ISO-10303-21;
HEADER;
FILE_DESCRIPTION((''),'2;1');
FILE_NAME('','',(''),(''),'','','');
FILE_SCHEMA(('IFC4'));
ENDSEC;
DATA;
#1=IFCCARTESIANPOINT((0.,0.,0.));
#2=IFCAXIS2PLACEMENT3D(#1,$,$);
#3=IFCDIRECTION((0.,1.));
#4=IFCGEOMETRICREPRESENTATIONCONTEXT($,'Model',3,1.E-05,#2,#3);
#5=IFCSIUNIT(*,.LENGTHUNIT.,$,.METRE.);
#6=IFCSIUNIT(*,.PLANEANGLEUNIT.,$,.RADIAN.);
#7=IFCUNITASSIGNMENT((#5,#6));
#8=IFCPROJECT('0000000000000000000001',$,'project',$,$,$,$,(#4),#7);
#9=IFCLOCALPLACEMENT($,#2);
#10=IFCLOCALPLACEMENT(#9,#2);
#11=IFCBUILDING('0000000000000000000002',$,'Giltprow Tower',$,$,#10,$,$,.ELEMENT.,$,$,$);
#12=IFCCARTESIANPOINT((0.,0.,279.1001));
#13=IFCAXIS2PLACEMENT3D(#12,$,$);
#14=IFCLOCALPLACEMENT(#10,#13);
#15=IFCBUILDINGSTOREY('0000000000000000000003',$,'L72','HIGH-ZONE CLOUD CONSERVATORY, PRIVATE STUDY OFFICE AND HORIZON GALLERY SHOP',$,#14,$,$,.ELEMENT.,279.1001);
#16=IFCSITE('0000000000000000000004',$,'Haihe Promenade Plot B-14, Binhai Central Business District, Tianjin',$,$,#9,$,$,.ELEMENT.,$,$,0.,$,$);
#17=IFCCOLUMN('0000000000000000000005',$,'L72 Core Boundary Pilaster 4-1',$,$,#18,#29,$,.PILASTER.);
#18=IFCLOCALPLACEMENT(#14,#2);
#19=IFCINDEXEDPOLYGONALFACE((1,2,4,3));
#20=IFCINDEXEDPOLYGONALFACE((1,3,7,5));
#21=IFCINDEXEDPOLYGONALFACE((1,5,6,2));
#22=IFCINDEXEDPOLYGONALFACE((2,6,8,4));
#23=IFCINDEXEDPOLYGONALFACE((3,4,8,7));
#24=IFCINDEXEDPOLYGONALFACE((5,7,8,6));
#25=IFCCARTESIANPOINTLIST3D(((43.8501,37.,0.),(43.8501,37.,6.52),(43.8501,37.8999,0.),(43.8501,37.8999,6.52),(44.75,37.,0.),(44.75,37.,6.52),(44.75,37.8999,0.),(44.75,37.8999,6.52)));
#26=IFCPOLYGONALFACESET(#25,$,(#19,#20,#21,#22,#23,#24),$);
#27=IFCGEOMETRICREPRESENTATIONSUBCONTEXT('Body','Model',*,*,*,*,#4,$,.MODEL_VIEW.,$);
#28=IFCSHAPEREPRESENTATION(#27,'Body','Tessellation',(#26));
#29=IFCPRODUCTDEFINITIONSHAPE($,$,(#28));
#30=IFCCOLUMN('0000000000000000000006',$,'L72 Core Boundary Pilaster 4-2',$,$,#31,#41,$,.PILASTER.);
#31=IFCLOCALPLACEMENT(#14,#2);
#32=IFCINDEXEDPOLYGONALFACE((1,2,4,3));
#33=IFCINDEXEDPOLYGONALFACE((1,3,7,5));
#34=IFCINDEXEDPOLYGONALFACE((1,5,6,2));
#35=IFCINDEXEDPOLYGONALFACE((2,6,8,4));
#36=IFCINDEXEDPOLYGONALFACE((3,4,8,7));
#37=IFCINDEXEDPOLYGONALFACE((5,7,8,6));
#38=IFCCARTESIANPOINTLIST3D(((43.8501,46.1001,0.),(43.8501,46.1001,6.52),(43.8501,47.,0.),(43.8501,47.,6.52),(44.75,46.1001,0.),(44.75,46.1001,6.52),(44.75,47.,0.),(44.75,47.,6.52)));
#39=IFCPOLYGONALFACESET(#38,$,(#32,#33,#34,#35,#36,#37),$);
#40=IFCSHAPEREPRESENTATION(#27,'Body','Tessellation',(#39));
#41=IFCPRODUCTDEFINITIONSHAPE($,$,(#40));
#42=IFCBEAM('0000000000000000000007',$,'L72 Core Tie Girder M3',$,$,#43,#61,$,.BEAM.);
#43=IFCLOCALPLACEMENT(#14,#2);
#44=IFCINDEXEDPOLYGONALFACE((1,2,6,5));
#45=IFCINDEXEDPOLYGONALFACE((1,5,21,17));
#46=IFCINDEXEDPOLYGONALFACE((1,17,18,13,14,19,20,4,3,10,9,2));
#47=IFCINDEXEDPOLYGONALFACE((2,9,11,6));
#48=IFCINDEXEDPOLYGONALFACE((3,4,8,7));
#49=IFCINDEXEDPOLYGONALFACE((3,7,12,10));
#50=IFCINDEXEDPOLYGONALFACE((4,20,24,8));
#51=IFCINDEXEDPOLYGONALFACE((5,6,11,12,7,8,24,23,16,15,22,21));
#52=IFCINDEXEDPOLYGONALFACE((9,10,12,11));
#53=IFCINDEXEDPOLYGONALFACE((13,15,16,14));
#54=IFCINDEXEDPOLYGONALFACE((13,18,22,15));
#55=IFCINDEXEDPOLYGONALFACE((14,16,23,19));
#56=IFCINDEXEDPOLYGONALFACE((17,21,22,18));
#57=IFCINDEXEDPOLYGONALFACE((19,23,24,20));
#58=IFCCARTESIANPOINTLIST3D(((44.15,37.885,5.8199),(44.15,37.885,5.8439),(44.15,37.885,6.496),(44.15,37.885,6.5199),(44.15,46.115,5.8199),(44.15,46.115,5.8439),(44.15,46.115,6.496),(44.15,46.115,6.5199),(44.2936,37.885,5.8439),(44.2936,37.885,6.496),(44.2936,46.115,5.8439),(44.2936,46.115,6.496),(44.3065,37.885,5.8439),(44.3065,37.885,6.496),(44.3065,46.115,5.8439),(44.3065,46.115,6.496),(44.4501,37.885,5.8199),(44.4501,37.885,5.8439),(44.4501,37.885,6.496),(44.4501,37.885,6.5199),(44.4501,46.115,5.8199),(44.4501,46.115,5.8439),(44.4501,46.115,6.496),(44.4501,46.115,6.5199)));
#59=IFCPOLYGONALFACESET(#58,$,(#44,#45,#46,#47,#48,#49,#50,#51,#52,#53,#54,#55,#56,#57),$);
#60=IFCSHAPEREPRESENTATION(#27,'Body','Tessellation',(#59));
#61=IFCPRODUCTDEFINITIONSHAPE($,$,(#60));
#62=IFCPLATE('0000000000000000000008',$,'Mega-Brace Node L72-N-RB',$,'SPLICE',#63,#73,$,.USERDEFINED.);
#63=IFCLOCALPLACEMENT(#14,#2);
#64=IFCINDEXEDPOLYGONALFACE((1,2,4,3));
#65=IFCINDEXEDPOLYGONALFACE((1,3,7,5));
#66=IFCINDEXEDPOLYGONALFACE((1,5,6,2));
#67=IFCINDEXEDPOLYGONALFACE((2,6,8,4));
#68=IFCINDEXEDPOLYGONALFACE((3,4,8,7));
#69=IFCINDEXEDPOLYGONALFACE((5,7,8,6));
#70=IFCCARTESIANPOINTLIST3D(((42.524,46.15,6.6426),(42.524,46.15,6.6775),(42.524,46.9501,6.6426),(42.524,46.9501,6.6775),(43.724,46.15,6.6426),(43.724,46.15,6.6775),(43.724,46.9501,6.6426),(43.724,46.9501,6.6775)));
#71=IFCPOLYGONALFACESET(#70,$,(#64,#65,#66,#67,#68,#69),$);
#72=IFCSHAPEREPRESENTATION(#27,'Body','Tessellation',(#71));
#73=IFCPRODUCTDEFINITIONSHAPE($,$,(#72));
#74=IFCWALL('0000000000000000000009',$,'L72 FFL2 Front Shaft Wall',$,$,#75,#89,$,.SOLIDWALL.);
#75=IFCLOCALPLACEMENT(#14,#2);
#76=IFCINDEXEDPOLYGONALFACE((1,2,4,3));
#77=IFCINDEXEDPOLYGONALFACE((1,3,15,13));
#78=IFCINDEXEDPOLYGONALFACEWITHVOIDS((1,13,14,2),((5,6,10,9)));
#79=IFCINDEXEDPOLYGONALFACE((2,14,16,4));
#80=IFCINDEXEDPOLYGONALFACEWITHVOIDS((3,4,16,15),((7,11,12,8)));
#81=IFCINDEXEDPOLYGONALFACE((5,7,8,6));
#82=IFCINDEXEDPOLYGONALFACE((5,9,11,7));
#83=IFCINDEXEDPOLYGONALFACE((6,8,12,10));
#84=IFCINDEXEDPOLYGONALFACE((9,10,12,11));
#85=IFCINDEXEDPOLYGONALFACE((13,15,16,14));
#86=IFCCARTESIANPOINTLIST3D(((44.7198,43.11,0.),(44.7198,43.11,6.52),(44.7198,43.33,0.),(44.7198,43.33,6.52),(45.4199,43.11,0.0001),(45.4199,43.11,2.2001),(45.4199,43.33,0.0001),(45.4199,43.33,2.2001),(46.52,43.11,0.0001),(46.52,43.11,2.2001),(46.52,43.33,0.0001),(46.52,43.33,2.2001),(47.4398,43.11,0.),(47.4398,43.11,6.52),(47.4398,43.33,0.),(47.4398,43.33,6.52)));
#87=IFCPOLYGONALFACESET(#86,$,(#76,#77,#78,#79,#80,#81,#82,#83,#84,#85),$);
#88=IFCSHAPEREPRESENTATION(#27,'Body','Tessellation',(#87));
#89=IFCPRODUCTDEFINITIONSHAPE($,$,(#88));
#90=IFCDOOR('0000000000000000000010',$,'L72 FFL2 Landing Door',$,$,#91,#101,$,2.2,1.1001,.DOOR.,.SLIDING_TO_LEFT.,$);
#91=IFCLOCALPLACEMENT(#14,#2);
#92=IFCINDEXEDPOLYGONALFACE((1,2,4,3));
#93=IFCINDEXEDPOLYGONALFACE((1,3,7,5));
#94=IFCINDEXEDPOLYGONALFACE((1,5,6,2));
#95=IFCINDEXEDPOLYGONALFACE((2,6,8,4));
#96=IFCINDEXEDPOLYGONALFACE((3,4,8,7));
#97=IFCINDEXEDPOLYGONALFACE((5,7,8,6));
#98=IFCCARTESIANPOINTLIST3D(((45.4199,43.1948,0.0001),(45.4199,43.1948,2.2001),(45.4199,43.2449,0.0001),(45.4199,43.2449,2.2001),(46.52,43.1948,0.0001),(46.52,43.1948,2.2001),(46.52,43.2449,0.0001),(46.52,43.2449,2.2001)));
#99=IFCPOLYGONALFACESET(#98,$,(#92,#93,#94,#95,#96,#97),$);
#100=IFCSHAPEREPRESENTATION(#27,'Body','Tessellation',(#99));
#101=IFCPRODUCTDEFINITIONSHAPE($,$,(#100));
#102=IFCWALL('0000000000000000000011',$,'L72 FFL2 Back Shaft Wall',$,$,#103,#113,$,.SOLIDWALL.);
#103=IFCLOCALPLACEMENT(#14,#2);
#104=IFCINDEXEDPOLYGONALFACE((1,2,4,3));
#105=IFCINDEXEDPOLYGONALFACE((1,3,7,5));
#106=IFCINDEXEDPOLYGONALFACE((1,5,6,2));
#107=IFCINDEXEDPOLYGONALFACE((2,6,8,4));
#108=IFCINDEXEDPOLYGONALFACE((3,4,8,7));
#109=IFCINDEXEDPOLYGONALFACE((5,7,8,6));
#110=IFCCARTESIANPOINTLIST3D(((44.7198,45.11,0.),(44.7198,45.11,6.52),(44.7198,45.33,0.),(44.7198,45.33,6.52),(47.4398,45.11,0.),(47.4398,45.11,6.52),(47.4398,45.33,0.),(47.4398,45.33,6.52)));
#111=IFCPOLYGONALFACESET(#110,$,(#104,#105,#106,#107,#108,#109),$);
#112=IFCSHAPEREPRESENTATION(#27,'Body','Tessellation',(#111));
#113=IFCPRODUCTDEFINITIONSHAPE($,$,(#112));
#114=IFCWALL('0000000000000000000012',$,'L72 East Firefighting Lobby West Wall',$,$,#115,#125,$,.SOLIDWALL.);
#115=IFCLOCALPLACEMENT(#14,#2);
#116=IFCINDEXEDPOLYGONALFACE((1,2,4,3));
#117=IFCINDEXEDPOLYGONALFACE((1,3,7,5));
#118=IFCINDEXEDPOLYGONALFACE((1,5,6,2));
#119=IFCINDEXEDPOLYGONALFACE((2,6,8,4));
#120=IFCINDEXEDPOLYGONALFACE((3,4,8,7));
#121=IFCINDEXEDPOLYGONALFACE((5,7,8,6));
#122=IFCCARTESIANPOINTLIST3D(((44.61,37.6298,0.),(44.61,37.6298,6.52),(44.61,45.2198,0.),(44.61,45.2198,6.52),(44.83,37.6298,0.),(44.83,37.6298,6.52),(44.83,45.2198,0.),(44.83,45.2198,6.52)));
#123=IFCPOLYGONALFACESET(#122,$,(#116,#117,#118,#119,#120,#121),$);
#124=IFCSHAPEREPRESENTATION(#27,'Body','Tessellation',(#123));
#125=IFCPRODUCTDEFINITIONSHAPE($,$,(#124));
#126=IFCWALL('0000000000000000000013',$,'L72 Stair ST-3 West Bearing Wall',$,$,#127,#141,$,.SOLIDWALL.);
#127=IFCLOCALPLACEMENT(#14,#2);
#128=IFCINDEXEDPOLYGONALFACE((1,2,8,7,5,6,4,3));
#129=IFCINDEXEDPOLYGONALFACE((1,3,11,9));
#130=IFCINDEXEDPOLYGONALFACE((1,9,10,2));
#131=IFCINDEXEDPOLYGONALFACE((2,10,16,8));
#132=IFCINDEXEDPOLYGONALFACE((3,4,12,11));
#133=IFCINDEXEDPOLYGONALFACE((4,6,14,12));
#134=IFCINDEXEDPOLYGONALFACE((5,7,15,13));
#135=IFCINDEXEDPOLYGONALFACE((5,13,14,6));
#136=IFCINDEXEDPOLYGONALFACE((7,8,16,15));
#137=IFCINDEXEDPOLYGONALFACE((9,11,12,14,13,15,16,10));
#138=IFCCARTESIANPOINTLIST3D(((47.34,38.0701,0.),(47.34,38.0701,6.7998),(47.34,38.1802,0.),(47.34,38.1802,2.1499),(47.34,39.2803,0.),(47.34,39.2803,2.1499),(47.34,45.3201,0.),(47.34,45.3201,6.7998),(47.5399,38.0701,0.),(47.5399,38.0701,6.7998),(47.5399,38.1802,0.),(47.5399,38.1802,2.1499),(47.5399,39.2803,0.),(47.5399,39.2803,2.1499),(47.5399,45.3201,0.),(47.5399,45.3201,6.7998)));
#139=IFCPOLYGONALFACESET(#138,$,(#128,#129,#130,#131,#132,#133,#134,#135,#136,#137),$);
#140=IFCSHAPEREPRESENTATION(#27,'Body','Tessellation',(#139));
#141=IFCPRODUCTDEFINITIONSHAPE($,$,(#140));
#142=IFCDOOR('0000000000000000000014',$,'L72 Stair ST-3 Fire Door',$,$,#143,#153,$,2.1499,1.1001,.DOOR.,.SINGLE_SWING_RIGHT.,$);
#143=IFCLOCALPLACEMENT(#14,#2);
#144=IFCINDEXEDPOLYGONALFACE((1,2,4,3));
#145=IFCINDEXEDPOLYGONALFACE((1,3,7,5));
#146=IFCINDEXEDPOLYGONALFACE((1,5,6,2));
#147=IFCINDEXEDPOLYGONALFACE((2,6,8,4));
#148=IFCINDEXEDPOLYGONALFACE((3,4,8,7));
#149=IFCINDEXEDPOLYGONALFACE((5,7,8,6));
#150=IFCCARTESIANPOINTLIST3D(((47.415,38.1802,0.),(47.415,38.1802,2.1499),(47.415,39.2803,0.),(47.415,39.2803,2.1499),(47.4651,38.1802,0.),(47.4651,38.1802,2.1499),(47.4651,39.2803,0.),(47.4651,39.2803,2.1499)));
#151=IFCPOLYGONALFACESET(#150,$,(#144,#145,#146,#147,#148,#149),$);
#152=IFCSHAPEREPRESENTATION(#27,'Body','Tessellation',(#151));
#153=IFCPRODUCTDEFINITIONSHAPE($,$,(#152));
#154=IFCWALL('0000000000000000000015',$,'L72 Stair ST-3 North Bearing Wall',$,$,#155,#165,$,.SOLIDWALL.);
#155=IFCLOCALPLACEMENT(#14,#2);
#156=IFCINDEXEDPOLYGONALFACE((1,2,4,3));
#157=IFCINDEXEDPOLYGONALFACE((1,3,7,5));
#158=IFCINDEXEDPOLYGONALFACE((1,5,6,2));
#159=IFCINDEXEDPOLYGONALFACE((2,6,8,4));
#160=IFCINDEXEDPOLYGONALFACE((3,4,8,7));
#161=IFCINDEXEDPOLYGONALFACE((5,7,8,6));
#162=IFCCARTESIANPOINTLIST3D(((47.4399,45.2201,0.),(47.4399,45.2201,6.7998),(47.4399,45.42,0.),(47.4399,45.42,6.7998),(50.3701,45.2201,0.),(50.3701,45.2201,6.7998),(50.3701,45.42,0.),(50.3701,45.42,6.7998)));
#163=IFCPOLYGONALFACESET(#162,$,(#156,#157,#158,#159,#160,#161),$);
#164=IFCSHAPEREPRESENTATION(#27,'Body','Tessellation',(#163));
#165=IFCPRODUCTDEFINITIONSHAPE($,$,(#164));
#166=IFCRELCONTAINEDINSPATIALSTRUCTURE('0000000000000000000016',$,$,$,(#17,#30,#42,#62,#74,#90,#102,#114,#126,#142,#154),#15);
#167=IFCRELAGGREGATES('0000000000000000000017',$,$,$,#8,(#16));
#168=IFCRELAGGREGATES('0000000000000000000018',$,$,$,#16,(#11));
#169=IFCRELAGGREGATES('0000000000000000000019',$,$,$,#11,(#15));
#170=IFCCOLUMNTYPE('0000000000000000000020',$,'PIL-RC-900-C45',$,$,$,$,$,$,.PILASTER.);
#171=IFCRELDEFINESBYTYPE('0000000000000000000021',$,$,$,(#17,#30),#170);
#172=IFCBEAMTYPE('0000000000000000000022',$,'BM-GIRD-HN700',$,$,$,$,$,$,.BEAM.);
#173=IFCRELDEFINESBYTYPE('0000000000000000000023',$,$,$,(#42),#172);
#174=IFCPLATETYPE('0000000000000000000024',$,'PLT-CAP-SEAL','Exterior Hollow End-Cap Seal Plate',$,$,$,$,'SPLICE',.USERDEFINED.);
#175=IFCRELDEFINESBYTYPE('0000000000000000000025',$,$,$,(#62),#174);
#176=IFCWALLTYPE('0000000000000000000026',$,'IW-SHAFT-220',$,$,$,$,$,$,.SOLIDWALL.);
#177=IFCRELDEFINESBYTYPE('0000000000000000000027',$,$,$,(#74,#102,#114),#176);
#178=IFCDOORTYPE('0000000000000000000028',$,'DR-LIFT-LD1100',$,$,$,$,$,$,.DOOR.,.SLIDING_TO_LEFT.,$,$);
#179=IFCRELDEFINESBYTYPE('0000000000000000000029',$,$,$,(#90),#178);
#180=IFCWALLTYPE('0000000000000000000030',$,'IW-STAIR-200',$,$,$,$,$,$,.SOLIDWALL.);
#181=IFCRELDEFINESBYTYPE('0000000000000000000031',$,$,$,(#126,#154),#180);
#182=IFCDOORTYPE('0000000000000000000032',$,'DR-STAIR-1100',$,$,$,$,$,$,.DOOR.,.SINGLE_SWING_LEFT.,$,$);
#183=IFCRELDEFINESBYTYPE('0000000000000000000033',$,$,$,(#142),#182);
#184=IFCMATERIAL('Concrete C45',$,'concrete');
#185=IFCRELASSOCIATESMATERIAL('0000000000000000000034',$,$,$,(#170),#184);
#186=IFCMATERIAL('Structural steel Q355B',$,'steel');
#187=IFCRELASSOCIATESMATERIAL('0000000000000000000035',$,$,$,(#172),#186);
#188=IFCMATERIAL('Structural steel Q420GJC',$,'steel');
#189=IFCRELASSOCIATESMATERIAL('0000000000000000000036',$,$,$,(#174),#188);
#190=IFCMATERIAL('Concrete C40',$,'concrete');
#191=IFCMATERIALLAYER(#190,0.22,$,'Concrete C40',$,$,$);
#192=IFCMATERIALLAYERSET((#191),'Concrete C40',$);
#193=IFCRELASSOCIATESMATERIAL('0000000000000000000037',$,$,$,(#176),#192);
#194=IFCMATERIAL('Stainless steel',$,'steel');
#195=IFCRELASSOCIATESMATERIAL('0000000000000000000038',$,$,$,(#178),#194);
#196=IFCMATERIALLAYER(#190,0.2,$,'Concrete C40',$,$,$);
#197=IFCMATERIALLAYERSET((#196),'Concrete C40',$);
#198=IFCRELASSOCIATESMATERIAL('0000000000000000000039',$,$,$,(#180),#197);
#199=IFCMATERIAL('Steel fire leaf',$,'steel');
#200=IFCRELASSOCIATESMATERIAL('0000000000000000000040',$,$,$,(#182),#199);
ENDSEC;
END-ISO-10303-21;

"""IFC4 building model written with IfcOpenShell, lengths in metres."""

from ifc_helpers import new_model, si_unit, direction, frame, frame_2d, origin, origin_2d, place, context, subcontext, project, spatial, rectangle, i_section, extrude, source, transform, mapped, material, layer, layer_set, material_profile, profile_set, type_object, element, fill, save


model = new_model("IFC4")

# Units and contexts
model_context = context("Model", 3, precision=1e-05, world=origin(), true_north=direction((0.0, 1.0)))
body_context = subcontext(model_context, "Body", "Model", "MODEL_VIEW")
ifc_project = project(units=[si_unit("LENGTHUNIT", "METRE"), si_unit("PLANEANGLEUNIT", "RADIAN")], contexts=[model_context])

# Site, building, storey
site_placement = place(None, origin())
site = spatial("IfcSite", under=ifc_project, at=site_placement, Name="Haihe Promenade Plot B-14, Binhai Central Business District, Tianjin", CompositionType="ELEMENT", RefElevation=0.0)
building_placement = place(site_placement, origin())
building = spatial("IfcBuilding", under=site, at=building_placement, Name="Giltprow Tower", CompositionType="ELEMENT")
storey_placement = place(building_placement, frame((0.0, 0.0, 279.1001)))
storey = spatial("IfcBuildingStorey", under=building, at=storey_placement, Name="L72", Description="HIGH-ZONE CLOUD CONSERVATORY, PRIVATE STUDY OFFICE AND HORIZON GALLERY SHOP", CompositionType="ELEMENT", Elevation=279.1001)

# Columns
ifc_material_1 = material(Name="Concrete C45", Category="concrete")
ifc_material_profile_1 = material_profile(ifc_material_1, rectangle(XDim=0.8999, YDim=0.8999, at=origin_2d()), Name="RC 900x900")
ifc_profile_set_1 = profile_set([ifc_material_profile_1], Name="Concrete C45")
column_type = type_object("IfcColumnType", Name="PIL-RC-900-C45", PredefinedType="PILASTER", material=ifc_profile_set_1)
shared_shape_1 = source(origin(), body_context, "Body", "SweptSolid", [
    extrude(rectangle(XDim=0.8999, YDim=0.8999, at=origin_2d()), origin(), (0.0, 0.0, 1.0), 6.52),
])
for number, where, z_axis, x_axis, name in (
    (1, (44.3, 37.45, 0.0), (0.0, 0.0, 1.0), (1.0, 0.0, 0.0), "L72 Core Boundary Pilaster 4-1"),
    (2, (44.3, 46.55, 0.0), (0.0, 0.0, 1.0), (1.0, 0.0, 0.0), "L72 Core Boundary Pilaster 4-2"),
):
    element("IfcColumn", number, at=place(storey_placement, frame(where, z_axis=z_axis, x_axis=x_axis)), inside=storey, type_object=column_type, Name=name, PredefinedType="PILASTER", context=body_context, shape_type="MappedRepresentation", body=[
        mapped(shared_shape_1, transform((0.0, 0.0, 0.0), x_axis=(1.0, 0.0, 0.0), y_axis=(0.0, 1.0, 0.0), z_axis=(0.0, 0.0, 1.0), scale=1.0)),
    ])

# Beam
ifc_material_2 = material(Name="Structural steel Q355B", Category="steel")
ifc_material_profile_2 = material_profile(ifc_material_2, i_section(OverallWidth=0.3, OverallDepth=0.7, WebThickness=0.0129, FlangeThickness=0.0239, at=origin_2d()), Name="HN 700x300x13x24")
ifc_profile_set_2 = profile_set([ifc_material_profile_2], Name="Structural steel Q355B")
beam_type = type_object("IfcBeamType", Name="BM-GIRD-HN700", PredefinedType="BEAM", material=ifc_profile_set_2)
shared_shape_2 = source(origin(), body_context, "Body", "SweptSolid", [
    extrude(i_section(OverallWidth=0.3, OverallDepth=0.7, WebThickness=0.0129, FlangeThickness=0.0239, at=origin_2d()), origin(), (0.0, 0.0, 1.0), 8.23),
])
beam_placement = place(storey_placement, frame((44.3, 37.885, 6.1699), z_axis=(0.0, 1.0, 0.0), x_axis=(-1.0, 0.0, 0.0)))
element("IfcBeam", 3, at=beam_placement, inside=storey, type_object=beam_type, Name="L72 Core Tie Girder M3", PredefinedType="BEAM", context=body_context, shape_type="MappedRepresentation", body=[
    mapped(shared_shape_2, transform((0.0, 0.0, 0.0), x_axis=(1.0, 0.0, 0.0), y_axis=(0.0, 1.0, 0.0), z_axis=(0.0, 0.0, 1.0), scale=1.0)),
])

# Plate
ifc_material_3 = material(Name="Structural steel Q420GJC", Category="steel")
plate_type = type_object("IfcPlateType", Name="PLT-CAP-SEAL", Description="Exterior Hollow End-Cap Seal Plate", ElementType="SPLICE", PredefinedType="USERDEFINED", material=ifc_material_3)
shared_shape_3 = source(origin(), body_context, "Body", "SweptSolid", [
    extrude(rectangle(XDim=1.2, YDim=0.8, at=origin_2d()), origin(), (0.0, 0.0, 1.0), 0.0349),
])
plate_placement = place(storey_placement, frame((43.124, 46.55, 6.6426), z_axis=(0.0, 0.0, 1.0), x_axis=(1.0, 0.0, 0.0)))
element("IfcPlate", 4, at=plate_placement, inside=storey, type_object=plate_type, Name="Mega-Brace Node L72-N-RB", ObjectType="SPLICE", PredefinedType="USERDEFINED", context=body_context, shape_type="MappedRepresentation", body=[
    mapped(shared_shape_3, transform((0.0, 0.0, 0.0), x_axis=(1.0, 0.0, 0.0), y_axis=(0.0, 1.0, 0.0), z_axis=(0.0, 0.0, 1.0), scale=1.0)),
])

# Wall, opening, door
ifc_material_4 = material(Name="Concrete C40", Category="concrete")
ifc_layer_1 = layer(ifc_material_4, 0.22, Name="Concrete C40")
ifc_layer_set_1 = layer_set([ifc_layer_1], Name="Concrete C40")
wall_type_1 = type_object("IfcWallType", Name="IW-SHAFT-220", PredefinedType="SOLIDWALL", material=ifc_layer_set_1)
wall_1_placement = place(storey_placement, frame((44.72, 43.22, 0.0), z_axis=(0.0, 0.0, 1.0), x_axis=(1.0, 0.0, 0.0)))
wall_1 = element("IfcWall", 5, at=wall_1_placement, inside=storey, type_object=wall_type_1, Name="L72 FFL2 Front Shaft Wall", PredefinedType="SOLIDWALL", context=body_context, shape_type="SweptSolid", body=[
    extrude(rectangle(XDim=2.72, YDim=0.22, at=frame_2d((1.3599, 0.0))), origin(), (0.0, 0.0, 1.0), 6.52),
])
opening_1_placement = place(wall_1_placement, frame((0.7, 0.0, 0.0)))
opening_1 = element("IfcOpeningElement", 6, at=opening_1_placement, cuts=wall_1, PredefinedType="OPENING", context=body_context, shape_type="SweptSolid", body=[
    extrude(rectangle(XDim=1.1001, YDim=2.2, at=frame_2d((0.55, 1.1001))), frame((0.0, 0.1199, 0.0), z_axis=(0.0, -1.0, 0.0), x_axis=(1.0, 0.0, 0.0)), (0.0, 0.0, 1.0), 0.24),
])
ifc_material_5 = material(Name="Stainless steel", Category="steel")
door_type_1 = type_object("IfcDoorType", Name="DR-LIFT-LD1100", OperationType="SLIDING_TO_LEFT", PredefinedType="DOOR", material=ifc_material_5)
shared_shape_4 = source(origin(), body_context, "Body", "SweptSolid", [
    extrude(rectangle(XDim=1.1001, YDim=2.2, at=frame_2d((0.55, 1.1001))), frame((0.0, 0.0249, 0.0), z_axis=(0.0, -1.0, 0.0), x_axis=(1.0, 0.0, 0.0)), (0.0, 0.0, 1.0), 0.05),
])
door_1_placement = place(opening_1_placement, origin())
door_1 = element("IfcDoor", 7, at=door_1_placement, inside=storey, type_object=door_type_1, Name="L72 FFL2 Landing Door", OperationType="SLIDING_TO_LEFT", OverallHeight=2.2, OverallWidth=1.1001, PredefinedType="DOOR", context=body_context, shape_type="MappedRepresentation", body=[
    mapped(shared_shape_4, transform((0.0, 0.0, 0.0), x_axis=(1.0, 0.0, 0.0), y_axis=(0.0, 1.0, 0.0), z_axis=(0.0, 0.0, 1.0), scale=1.0)),
])
fill(opening_1, door_1)

# Walls
wall_2_placement = place(storey_placement, frame((44.72, 45.22, 0.0), z_axis=(0.0, 0.0, 1.0), x_axis=(1.0, 0.0, 0.0)))
element("IfcWall", 8, at=wall_2_placement, inside=storey, type_object=wall_type_1, Name="L72 FFL2 Back Shaft Wall", PredefinedType="SOLIDWALL", context=body_context, shape_type="SweptSolid", body=[
    extrude(rectangle(XDim=2.72, YDim=0.22, at=frame_2d((1.3599, 0.0))), origin(), (0.0, 0.0, 1.0), 6.52),
])
wall_3_placement = place(storey_placement, frame((44.72, 37.6299, 0.0), z_axis=(0.0, 0.0, 1.0), x_axis=(0.0, 1.0, 0.0)))
element("IfcWall", 9, at=wall_3_placement, inside=storey, type_object=wall_type_1, Name="L72 East Firefighting Lobby West Wall", PredefinedType="SOLIDWALL", context=body_context, shape_type="SweptSolid", body=[
    extrude(rectangle(XDim=7.5901, YDim=0.22, at=frame_2d((3.7949, 0.0))), origin(), (0.0, 0.0, 1.0), 6.52),
])

# Wall, opening, door
ifc_layer_2 = layer(ifc_material_4, 0.2, Name="Concrete C40")
ifc_layer_set_2 = layer_set([ifc_layer_2], Name="Concrete C40")
wall_type_2 = type_object("IfcWallType", Name="IW-STAIR-200", PredefinedType="SOLIDWALL", material=ifc_layer_set_2)
wall_4_placement = place(storey_placement, frame((47.4399, 38.0701, 0.0), z_axis=(0.0, 0.0, 1.0), x_axis=(0.0, 1.0, 0.0)))
wall_4 = element("IfcWall", 10, at=wall_4_placement, inside=storey, type_object=wall_type_2, Name="L72 Stair ST-3 West Bearing Wall", PredefinedType="SOLIDWALL", context=body_context, shape_type="SweptSolid", body=[
    extrude(rectangle(XDim=7.25, YDim=0.2, at=frame_2d((3.625, 0.0))), origin(), (0.0, 0.0, 1.0), 6.7998),
])
opening_2_placement = place(wall_4_placement, frame((0.1101, 0.0, 0.0)))
opening_2 = element("IfcOpeningElement", 11, at=opening_2_placement, cuts=wall_4, PredefinedType="OPENING", context=body_context, shape_type="SweptSolid", body=[
    extrude(rectangle(XDim=1.1001, YDim=2.1499, at=frame_2d((0.55, 1.075))), frame((0.0, 0.1099, 0.0), z_axis=(0.0, -1.0, 0.0), x_axis=(1.0, 0.0, 0.0)), (0.0, 0.0, 1.0), 0.22),
])
ifc_material_6 = material(Name="Steel fire leaf", Category="steel")
door_type_2 = type_object("IfcDoorType", Name="DR-STAIR-1100", OperationType="SINGLE_SWING_LEFT", PredefinedType="DOOR", material=ifc_material_6)
shared_shape_5 = source(origin(), body_context, "Body", "SweptSolid", [
    extrude(rectangle(XDim=1.1001, YDim=2.1499, at=frame_2d((0.55, 1.075))), frame((0.0, 0.0249, 0.0), z_axis=(0.0, -1.0, 0.0), x_axis=(1.0, 0.0, 0.0)), (0.0, 0.0, 1.0), 0.05),
])
door_2_placement = place(opening_2_placement, origin())
door_2 = element("IfcDoor", 12, at=door_2_placement, inside=storey, type_object=door_type_2, Name="L72 Stair ST-3 Fire Door", OperationType="SINGLE_SWING_RIGHT", OverallHeight=2.1499, OverallWidth=1.1001, PredefinedType="DOOR", context=body_context, shape_type="MappedRepresentation", body=[
    mapped(shared_shape_5, transform((0.0, 0.0, 0.0), x_axis=(1.0, 0.0, 0.0), y_axis=(0.0, 1.0, 0.0), z_axis=(0.0, 0.0, 1.0), scale=1.0)),
])
fill(opening_2, door_2)

# Wall
for number, where, z_axis, x_axis, name in (
    (13, (47.4399, 45.3201, 0.0), (0.0, 0.0, 1.0), (1.0, 0.0, 0.0), "L72 Stair ST-3 North Bearing Wall"),
):
    element("IfcWall", number, at=place(storey_placement, frame(where, z_axis=z_axis, x_axis=x_axis)), inside=storey, type_object=wall_type_2, Name=name, PredefinedType="SOLIDWALL", context=body_context, shape_type="SweptSolid", body=[
        extrude(rectangle(XDim=2.9302, YDim=0.2, at=frame_2d((1.4651, 0.0))), origin(), (0.0, 0.0, 1.0), 6.7998),
    ])

save(model, "model.ifc")
